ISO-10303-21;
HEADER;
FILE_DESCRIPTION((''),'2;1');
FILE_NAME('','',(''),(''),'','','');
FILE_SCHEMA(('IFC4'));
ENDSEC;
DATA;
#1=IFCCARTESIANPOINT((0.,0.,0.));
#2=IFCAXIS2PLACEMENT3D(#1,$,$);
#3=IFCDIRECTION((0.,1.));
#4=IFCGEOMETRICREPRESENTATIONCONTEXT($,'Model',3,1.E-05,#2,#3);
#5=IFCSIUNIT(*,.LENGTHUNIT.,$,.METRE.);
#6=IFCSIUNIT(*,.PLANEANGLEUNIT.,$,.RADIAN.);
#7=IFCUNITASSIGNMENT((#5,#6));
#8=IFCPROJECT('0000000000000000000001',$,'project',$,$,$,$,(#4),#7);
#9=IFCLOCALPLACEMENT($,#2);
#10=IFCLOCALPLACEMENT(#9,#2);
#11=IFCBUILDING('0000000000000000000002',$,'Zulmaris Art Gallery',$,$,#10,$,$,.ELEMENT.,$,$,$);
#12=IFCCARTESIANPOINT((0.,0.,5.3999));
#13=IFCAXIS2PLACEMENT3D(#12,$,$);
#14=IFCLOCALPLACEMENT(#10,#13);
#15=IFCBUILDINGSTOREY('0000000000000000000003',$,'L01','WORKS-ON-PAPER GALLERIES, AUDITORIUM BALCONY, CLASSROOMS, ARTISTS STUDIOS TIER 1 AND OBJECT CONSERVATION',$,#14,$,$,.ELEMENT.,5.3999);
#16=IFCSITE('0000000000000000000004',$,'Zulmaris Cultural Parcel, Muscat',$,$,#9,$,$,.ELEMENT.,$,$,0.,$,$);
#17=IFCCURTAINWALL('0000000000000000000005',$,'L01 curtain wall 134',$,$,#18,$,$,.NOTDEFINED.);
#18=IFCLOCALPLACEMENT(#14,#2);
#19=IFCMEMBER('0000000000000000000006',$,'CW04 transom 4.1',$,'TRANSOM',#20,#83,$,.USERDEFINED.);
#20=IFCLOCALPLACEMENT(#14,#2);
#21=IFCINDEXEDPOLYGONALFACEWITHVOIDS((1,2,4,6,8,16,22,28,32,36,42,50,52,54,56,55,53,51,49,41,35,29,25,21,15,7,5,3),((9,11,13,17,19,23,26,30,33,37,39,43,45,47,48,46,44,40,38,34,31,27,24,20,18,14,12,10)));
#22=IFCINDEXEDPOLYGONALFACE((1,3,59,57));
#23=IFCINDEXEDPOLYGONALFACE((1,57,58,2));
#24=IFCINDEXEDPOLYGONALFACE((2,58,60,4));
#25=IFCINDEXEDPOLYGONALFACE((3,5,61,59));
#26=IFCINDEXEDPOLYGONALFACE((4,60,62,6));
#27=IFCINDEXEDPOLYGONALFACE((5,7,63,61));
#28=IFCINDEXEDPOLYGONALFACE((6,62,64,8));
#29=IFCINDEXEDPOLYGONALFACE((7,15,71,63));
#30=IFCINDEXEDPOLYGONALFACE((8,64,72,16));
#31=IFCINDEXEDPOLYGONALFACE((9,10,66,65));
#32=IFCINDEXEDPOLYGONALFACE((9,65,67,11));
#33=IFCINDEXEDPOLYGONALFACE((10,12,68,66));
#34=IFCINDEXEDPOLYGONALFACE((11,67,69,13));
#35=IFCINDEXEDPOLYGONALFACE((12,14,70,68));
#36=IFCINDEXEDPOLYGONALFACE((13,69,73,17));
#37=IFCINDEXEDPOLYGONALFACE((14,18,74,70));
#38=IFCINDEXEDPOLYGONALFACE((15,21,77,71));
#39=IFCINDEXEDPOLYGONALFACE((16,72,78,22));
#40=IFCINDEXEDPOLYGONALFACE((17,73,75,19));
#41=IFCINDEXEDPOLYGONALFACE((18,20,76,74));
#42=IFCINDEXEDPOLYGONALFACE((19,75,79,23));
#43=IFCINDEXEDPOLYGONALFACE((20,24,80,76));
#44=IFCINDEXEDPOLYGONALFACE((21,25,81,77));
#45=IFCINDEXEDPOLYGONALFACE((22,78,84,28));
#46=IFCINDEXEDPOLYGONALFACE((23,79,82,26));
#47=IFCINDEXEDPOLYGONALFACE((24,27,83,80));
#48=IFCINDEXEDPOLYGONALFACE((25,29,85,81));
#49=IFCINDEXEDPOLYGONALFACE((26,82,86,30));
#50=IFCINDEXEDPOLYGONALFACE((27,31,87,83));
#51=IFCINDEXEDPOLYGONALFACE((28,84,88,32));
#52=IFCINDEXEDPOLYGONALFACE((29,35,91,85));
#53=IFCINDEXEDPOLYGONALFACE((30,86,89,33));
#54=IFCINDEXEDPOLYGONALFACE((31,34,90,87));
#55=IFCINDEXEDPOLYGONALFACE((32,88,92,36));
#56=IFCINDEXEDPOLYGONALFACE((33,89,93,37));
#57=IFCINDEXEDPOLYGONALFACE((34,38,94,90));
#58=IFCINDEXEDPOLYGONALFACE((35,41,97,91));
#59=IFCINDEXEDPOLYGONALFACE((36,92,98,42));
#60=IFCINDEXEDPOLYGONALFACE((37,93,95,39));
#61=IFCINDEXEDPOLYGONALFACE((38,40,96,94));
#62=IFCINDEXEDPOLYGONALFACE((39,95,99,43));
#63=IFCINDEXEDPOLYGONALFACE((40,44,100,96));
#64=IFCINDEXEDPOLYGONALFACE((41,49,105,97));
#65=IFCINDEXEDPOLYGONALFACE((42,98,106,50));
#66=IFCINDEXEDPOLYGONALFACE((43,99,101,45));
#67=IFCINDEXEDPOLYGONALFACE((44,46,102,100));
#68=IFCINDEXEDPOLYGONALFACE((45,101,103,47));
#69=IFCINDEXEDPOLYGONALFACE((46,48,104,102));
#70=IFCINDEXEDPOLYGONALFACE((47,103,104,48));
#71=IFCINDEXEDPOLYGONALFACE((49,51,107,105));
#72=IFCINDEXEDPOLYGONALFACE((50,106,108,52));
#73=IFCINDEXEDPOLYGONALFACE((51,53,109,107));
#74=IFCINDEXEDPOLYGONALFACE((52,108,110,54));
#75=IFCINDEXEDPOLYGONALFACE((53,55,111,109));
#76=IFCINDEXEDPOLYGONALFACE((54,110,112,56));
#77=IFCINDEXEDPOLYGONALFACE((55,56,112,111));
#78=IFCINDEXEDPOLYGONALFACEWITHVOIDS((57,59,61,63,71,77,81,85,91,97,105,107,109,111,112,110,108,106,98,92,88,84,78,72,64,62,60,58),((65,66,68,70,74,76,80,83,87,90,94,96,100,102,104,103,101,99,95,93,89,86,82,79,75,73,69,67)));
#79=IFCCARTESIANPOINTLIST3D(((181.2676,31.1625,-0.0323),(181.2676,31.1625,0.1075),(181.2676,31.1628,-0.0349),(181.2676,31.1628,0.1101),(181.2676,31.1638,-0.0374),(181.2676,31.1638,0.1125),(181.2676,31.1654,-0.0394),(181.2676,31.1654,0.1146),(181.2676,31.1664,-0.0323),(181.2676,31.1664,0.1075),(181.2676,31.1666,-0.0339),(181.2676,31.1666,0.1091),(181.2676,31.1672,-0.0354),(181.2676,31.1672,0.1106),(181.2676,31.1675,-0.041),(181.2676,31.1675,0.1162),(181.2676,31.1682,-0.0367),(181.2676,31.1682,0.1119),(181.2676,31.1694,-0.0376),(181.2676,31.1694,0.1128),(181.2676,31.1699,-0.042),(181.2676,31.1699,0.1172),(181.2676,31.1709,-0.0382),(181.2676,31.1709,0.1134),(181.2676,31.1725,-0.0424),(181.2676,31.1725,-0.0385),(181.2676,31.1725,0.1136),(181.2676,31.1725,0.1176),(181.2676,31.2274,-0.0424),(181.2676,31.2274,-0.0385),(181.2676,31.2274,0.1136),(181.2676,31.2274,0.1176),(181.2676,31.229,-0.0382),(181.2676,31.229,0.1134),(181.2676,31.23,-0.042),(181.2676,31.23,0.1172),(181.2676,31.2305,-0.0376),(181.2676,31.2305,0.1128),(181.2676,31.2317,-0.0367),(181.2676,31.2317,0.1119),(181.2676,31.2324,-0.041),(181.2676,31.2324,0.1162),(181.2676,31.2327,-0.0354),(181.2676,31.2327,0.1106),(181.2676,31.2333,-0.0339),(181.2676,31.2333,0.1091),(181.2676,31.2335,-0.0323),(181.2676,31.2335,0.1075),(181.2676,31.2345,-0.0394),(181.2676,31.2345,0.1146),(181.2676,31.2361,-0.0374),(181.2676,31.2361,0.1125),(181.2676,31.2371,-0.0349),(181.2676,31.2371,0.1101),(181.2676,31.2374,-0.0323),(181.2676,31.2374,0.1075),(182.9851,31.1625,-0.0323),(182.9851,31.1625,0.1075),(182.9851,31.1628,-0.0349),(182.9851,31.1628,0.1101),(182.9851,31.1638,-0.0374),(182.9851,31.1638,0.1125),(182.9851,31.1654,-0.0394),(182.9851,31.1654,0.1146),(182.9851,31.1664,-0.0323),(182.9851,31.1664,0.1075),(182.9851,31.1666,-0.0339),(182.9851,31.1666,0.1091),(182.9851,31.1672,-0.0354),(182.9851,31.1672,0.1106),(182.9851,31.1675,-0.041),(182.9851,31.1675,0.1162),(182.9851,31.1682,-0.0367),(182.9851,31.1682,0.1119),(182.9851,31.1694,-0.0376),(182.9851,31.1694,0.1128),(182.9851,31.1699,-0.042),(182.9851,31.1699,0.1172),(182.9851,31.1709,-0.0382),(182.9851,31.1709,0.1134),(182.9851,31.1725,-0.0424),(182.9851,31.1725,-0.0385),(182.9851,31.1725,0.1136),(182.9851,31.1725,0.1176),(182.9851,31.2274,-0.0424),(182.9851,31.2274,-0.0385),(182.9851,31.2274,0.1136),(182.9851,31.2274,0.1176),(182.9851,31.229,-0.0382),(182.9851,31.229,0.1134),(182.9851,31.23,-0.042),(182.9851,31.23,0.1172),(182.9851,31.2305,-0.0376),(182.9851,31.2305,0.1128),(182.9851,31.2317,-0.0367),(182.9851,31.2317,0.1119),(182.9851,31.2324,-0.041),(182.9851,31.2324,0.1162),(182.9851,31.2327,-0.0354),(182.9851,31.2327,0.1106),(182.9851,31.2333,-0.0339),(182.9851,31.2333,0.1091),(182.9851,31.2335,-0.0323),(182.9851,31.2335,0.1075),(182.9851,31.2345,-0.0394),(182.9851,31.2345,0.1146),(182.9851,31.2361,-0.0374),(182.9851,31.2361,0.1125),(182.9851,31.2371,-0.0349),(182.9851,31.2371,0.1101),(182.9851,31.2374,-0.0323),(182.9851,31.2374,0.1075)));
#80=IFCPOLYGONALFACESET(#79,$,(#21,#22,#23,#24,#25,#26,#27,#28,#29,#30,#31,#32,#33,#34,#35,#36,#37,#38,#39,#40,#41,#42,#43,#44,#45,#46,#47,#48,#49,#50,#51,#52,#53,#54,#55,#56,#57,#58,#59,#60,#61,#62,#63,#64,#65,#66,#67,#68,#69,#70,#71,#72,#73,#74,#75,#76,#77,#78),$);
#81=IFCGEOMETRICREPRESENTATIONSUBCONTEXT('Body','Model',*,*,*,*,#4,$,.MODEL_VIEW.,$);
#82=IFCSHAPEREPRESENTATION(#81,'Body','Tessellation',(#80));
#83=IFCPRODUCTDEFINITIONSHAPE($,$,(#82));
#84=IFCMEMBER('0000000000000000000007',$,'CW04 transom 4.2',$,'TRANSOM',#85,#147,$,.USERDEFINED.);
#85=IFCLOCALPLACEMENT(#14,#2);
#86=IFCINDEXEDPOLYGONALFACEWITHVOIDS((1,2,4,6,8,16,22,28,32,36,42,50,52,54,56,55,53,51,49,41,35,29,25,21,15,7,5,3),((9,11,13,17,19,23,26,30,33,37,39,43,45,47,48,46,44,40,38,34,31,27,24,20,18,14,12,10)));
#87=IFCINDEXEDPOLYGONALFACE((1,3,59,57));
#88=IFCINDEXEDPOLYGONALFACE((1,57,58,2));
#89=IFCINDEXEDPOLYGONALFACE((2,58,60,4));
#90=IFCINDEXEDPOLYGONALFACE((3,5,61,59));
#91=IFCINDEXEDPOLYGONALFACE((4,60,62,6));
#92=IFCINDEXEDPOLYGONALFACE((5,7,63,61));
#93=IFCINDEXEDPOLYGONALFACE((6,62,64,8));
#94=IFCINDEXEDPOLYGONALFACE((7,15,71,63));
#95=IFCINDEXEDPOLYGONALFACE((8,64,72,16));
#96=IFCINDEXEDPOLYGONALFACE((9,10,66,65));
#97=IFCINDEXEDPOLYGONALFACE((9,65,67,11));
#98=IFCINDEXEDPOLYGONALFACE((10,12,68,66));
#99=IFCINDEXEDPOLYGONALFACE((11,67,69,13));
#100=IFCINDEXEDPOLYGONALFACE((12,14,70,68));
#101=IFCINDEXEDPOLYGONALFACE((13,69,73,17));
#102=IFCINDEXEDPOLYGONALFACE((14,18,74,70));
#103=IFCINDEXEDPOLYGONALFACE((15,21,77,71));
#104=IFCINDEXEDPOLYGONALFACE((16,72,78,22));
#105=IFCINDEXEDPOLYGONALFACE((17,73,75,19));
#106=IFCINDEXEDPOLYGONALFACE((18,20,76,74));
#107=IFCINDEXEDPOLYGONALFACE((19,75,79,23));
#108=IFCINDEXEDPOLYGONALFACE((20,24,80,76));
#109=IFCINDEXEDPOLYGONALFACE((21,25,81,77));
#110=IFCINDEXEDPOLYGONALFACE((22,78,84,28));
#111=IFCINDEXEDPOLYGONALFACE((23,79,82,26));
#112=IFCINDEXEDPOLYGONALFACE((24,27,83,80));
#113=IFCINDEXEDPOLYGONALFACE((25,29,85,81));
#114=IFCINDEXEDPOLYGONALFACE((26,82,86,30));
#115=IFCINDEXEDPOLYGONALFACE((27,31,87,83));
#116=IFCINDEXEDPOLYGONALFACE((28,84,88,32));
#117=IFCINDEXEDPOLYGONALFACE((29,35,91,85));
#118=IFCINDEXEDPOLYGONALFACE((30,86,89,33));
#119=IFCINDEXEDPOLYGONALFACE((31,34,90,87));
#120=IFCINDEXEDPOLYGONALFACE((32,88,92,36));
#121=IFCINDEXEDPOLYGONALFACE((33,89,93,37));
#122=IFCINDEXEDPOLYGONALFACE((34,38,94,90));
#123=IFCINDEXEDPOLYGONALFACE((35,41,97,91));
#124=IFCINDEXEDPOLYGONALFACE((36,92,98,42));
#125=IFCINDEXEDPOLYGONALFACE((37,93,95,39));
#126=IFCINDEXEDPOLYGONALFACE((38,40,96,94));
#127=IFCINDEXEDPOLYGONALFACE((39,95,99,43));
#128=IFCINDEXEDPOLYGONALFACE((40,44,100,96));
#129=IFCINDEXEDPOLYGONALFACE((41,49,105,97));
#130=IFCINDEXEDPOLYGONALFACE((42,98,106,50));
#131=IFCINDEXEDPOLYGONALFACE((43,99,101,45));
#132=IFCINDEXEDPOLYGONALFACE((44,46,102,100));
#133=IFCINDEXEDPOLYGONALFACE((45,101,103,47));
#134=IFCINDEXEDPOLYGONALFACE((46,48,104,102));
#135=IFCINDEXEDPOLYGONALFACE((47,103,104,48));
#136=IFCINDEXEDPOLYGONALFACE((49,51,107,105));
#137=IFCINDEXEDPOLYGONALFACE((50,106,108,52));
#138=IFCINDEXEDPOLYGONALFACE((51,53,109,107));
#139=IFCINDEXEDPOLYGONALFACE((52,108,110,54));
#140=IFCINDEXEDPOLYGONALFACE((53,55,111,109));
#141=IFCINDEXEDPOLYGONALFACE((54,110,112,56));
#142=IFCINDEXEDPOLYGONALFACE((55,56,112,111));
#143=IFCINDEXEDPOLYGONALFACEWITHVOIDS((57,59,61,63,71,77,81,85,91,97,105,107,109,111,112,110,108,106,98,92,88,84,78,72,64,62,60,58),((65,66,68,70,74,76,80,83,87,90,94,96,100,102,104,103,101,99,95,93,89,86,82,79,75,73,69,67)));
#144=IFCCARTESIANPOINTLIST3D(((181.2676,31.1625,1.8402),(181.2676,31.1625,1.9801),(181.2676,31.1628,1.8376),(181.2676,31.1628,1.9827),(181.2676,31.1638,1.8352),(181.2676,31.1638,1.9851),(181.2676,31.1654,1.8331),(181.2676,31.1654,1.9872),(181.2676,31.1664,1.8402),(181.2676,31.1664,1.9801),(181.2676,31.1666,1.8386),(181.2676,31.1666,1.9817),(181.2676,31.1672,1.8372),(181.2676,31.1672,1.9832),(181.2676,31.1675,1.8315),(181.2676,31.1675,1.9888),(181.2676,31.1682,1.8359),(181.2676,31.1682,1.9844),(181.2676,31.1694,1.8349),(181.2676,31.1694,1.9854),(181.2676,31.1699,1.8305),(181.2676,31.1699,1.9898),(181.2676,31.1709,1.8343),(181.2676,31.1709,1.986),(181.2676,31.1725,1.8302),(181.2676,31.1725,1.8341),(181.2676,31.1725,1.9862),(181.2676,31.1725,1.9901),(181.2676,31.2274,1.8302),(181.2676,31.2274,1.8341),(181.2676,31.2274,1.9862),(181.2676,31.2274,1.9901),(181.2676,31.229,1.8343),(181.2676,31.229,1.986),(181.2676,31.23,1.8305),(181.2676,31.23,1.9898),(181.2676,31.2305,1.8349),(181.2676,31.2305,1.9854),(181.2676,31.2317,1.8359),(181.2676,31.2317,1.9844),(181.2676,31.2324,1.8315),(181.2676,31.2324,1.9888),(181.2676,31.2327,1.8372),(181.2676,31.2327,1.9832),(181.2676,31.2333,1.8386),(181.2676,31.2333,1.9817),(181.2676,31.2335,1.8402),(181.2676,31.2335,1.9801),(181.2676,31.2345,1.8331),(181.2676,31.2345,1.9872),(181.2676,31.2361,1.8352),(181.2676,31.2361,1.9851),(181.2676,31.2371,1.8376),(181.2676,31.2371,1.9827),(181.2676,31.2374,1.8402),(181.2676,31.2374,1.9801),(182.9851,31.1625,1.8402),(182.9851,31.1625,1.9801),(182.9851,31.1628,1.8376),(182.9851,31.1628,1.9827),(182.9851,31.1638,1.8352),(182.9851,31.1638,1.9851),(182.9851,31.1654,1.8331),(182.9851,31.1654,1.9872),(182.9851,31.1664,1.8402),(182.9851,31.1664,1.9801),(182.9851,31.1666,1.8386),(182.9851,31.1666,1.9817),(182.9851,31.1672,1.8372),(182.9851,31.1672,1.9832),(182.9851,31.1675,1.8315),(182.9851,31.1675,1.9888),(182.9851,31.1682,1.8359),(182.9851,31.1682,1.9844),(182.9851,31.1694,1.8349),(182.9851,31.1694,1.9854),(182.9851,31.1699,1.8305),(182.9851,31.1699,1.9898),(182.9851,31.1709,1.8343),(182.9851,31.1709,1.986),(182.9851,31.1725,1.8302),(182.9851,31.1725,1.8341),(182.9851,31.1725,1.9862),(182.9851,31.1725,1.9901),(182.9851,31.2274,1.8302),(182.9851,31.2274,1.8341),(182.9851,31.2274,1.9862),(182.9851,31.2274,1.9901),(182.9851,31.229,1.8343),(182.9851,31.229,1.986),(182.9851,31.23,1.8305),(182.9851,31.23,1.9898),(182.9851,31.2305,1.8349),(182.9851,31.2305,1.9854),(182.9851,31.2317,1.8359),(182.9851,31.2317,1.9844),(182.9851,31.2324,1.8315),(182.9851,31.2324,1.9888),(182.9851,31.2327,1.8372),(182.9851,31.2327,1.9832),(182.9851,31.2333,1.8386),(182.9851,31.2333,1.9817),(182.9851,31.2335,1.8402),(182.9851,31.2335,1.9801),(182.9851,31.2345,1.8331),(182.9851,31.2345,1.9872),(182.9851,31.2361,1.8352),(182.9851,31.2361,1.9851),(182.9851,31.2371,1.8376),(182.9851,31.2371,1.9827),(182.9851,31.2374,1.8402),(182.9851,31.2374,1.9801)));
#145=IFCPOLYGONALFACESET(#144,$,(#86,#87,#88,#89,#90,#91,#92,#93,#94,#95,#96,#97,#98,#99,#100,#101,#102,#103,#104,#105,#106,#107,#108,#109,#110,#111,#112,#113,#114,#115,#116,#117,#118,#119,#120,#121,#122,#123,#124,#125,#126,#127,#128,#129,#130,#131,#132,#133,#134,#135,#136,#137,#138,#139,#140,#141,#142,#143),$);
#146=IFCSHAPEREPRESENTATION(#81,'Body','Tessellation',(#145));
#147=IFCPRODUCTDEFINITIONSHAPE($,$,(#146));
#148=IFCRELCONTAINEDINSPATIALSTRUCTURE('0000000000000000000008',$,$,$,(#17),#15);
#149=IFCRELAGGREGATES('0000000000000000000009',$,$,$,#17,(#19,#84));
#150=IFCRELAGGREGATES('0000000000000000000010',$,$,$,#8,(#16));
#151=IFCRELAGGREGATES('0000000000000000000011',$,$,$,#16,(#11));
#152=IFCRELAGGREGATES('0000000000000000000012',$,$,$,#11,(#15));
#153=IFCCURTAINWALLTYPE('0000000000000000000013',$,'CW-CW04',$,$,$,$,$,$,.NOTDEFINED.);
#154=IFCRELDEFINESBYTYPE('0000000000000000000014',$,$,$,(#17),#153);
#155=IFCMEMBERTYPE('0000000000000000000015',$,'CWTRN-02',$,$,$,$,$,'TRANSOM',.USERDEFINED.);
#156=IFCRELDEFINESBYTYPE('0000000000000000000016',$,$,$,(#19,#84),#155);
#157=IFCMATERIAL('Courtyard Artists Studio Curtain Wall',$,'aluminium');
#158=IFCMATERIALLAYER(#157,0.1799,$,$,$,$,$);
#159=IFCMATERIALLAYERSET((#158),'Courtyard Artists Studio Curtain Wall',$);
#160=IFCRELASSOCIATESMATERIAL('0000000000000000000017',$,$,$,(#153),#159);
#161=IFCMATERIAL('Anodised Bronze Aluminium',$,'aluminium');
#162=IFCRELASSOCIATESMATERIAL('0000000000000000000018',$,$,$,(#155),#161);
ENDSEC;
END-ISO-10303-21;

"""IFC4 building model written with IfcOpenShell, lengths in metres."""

from ifc_helpers import new_model, si_unit, direction, frame, origin, origin_2d, place, context, subcontext, project, spatial, hollow_rectangle, extrude, material, layer, layer_set, material_profile, profile_set, type_object, element, aggregate, save


model = new_model("IFC4")

# Units and contexts
model_context = context("Model", 3, precision=1e-05, world=origin(), true_north=direction((0.0, 1.0)))
body_context = subcontext(model_context, "Body", "Model", "MODEL_VIEW")
ifc_project = project(units=[si_unit("LENGTHUNIT", "METRE"), si_unit("PLANEANGLEUNIT", "RADIAN")], contexts=[model_context])

# Site, building, storey
site_placement = place(None, origin())
site = spatial("IfcSite", under=ifc_project, at=site_placement, Name="Zulmaris Cultural Parcel, Muscat", CompositionType="ELEMENT", RefElevation=0.0)
building_placement = place(site_placement, origin())
building = spatial("IfcBuilding", under=site, at=building_placement, Name="Zulmaris Art Gallery", CompositionType="ELEMENT")
storey_placement = place(building_placement, frame((0.0, 0.0, 5.3999)))
storey = spatial("IfcBuildingStorey", under=building, at=storey_placement, Name="L01", Description="WORKS-ON-PAPER GALLERIES, AUDITORIUM BALCONY, CLASSROOMS, ARTISTS STUDIOS TIER 1 AND OBJECT CONSERVATION", CompositionType="ELEMENT", Elevation=5.3999)

# Shared definitions
ifc_material_1 = material(Name="Courtyard Artists Studio Curtain Wall", Category="aluminium")
ifc_layer_1 = layer(ifc_material_1, 0.1799)
ifc_layer_set_1 = layer_set([ifc_layer_1], Name="Courtyard Artists Studio Curtain Wall")
curtain_wall_type = type_object("IfcCurtainWallType", Name="CW-CW04", PredefinedType="NOTDEFINED", material=ifc_layer_set_1)
ifc_material_2 = material(Name="Anodised Bronze Aluminium", Category="aluminium")

# Curtain wall
curtain_wall_1_placement = place(storey_placement, origin())
curtain_wall_1 = element("IfcCurtainWall", 1, at=curtain_wall_1_placement, inside=storey, type_object=curtain_wall_type, Name="L01 curtain wall 134", PredefinedType="NOTDEFINED")

# Members
ifc_material_profile_1 = material_profile(ifc_material_2, hollow_rectangle(XDim=0.075, YDim=0.1599, WallThickness=0.0039, InnerFilletRadius=0.0061, OuterFilletRadius=0.01, at=origin_2d()), Name="ALU 75x160x4")
ifc_profile_set_1 = profile_set([ifc_material_profile_1], Name="Anodised Bronze Aluminium")
member_type_1 = type_object("IfcMemberType", Name="CWTRN-02", ElementType="TRANSOM", PredefinedType="USERDEFINED", material=ifc_profile_set_1)
member_1_placement = place(storey_placement, frame((181.2676, 31.2, 0.0376), z_axis=(1.0, 0.0, 0.0), x_axis=(0.0, 1.0, 0.0)))
member_1 = element("IfcMember", 2, at=member_1_placement, type_object=member_type_1, Name="CW04 transom 4.1", ObjectType="TRANSOM", PredefinedType="USERDEFINED", context=body_context, shape_type="SweptSolid", body=[
    extrude(hollow_rectangle(XDim=0.075, YDim=0.1599, WallThickness=0.0039, InnerFilletRadius=0.0061, OuterFilletRadius=0.01, at=origin_2d()), origin(), (0.0, 0.0, 1.0), 1.7175),
])
member_2_placement = place(storey_placement, frame((181.2676, 31.2, 1.9102), z_axis=(1.0, 0.0, 0.0), x_axis=(0.0, 1.0, 0.0)))
member_2 = element("IfcMember", 3, at=member_2_placement, type_object=member_type_1, Name="CW04 transom 4.2", ObjectType="TRANSOM", PredefinedType="USERDEFINED", context=body_context, shape_type="SweptSolid", body=[
    extrude(hollow_rectangle(XDim=0.075, YDim=0.1599, WallThickness=0.0039, InnerFilletRadius=0.0061, OuterFilletRadius=0.01, at=origin_2d()), origin(), (0.0, 0.0, 1.0), 1.7175),
])

aggregate(curtain_wall_1, [member_1, member_2])

save(model, "model.ifc")
